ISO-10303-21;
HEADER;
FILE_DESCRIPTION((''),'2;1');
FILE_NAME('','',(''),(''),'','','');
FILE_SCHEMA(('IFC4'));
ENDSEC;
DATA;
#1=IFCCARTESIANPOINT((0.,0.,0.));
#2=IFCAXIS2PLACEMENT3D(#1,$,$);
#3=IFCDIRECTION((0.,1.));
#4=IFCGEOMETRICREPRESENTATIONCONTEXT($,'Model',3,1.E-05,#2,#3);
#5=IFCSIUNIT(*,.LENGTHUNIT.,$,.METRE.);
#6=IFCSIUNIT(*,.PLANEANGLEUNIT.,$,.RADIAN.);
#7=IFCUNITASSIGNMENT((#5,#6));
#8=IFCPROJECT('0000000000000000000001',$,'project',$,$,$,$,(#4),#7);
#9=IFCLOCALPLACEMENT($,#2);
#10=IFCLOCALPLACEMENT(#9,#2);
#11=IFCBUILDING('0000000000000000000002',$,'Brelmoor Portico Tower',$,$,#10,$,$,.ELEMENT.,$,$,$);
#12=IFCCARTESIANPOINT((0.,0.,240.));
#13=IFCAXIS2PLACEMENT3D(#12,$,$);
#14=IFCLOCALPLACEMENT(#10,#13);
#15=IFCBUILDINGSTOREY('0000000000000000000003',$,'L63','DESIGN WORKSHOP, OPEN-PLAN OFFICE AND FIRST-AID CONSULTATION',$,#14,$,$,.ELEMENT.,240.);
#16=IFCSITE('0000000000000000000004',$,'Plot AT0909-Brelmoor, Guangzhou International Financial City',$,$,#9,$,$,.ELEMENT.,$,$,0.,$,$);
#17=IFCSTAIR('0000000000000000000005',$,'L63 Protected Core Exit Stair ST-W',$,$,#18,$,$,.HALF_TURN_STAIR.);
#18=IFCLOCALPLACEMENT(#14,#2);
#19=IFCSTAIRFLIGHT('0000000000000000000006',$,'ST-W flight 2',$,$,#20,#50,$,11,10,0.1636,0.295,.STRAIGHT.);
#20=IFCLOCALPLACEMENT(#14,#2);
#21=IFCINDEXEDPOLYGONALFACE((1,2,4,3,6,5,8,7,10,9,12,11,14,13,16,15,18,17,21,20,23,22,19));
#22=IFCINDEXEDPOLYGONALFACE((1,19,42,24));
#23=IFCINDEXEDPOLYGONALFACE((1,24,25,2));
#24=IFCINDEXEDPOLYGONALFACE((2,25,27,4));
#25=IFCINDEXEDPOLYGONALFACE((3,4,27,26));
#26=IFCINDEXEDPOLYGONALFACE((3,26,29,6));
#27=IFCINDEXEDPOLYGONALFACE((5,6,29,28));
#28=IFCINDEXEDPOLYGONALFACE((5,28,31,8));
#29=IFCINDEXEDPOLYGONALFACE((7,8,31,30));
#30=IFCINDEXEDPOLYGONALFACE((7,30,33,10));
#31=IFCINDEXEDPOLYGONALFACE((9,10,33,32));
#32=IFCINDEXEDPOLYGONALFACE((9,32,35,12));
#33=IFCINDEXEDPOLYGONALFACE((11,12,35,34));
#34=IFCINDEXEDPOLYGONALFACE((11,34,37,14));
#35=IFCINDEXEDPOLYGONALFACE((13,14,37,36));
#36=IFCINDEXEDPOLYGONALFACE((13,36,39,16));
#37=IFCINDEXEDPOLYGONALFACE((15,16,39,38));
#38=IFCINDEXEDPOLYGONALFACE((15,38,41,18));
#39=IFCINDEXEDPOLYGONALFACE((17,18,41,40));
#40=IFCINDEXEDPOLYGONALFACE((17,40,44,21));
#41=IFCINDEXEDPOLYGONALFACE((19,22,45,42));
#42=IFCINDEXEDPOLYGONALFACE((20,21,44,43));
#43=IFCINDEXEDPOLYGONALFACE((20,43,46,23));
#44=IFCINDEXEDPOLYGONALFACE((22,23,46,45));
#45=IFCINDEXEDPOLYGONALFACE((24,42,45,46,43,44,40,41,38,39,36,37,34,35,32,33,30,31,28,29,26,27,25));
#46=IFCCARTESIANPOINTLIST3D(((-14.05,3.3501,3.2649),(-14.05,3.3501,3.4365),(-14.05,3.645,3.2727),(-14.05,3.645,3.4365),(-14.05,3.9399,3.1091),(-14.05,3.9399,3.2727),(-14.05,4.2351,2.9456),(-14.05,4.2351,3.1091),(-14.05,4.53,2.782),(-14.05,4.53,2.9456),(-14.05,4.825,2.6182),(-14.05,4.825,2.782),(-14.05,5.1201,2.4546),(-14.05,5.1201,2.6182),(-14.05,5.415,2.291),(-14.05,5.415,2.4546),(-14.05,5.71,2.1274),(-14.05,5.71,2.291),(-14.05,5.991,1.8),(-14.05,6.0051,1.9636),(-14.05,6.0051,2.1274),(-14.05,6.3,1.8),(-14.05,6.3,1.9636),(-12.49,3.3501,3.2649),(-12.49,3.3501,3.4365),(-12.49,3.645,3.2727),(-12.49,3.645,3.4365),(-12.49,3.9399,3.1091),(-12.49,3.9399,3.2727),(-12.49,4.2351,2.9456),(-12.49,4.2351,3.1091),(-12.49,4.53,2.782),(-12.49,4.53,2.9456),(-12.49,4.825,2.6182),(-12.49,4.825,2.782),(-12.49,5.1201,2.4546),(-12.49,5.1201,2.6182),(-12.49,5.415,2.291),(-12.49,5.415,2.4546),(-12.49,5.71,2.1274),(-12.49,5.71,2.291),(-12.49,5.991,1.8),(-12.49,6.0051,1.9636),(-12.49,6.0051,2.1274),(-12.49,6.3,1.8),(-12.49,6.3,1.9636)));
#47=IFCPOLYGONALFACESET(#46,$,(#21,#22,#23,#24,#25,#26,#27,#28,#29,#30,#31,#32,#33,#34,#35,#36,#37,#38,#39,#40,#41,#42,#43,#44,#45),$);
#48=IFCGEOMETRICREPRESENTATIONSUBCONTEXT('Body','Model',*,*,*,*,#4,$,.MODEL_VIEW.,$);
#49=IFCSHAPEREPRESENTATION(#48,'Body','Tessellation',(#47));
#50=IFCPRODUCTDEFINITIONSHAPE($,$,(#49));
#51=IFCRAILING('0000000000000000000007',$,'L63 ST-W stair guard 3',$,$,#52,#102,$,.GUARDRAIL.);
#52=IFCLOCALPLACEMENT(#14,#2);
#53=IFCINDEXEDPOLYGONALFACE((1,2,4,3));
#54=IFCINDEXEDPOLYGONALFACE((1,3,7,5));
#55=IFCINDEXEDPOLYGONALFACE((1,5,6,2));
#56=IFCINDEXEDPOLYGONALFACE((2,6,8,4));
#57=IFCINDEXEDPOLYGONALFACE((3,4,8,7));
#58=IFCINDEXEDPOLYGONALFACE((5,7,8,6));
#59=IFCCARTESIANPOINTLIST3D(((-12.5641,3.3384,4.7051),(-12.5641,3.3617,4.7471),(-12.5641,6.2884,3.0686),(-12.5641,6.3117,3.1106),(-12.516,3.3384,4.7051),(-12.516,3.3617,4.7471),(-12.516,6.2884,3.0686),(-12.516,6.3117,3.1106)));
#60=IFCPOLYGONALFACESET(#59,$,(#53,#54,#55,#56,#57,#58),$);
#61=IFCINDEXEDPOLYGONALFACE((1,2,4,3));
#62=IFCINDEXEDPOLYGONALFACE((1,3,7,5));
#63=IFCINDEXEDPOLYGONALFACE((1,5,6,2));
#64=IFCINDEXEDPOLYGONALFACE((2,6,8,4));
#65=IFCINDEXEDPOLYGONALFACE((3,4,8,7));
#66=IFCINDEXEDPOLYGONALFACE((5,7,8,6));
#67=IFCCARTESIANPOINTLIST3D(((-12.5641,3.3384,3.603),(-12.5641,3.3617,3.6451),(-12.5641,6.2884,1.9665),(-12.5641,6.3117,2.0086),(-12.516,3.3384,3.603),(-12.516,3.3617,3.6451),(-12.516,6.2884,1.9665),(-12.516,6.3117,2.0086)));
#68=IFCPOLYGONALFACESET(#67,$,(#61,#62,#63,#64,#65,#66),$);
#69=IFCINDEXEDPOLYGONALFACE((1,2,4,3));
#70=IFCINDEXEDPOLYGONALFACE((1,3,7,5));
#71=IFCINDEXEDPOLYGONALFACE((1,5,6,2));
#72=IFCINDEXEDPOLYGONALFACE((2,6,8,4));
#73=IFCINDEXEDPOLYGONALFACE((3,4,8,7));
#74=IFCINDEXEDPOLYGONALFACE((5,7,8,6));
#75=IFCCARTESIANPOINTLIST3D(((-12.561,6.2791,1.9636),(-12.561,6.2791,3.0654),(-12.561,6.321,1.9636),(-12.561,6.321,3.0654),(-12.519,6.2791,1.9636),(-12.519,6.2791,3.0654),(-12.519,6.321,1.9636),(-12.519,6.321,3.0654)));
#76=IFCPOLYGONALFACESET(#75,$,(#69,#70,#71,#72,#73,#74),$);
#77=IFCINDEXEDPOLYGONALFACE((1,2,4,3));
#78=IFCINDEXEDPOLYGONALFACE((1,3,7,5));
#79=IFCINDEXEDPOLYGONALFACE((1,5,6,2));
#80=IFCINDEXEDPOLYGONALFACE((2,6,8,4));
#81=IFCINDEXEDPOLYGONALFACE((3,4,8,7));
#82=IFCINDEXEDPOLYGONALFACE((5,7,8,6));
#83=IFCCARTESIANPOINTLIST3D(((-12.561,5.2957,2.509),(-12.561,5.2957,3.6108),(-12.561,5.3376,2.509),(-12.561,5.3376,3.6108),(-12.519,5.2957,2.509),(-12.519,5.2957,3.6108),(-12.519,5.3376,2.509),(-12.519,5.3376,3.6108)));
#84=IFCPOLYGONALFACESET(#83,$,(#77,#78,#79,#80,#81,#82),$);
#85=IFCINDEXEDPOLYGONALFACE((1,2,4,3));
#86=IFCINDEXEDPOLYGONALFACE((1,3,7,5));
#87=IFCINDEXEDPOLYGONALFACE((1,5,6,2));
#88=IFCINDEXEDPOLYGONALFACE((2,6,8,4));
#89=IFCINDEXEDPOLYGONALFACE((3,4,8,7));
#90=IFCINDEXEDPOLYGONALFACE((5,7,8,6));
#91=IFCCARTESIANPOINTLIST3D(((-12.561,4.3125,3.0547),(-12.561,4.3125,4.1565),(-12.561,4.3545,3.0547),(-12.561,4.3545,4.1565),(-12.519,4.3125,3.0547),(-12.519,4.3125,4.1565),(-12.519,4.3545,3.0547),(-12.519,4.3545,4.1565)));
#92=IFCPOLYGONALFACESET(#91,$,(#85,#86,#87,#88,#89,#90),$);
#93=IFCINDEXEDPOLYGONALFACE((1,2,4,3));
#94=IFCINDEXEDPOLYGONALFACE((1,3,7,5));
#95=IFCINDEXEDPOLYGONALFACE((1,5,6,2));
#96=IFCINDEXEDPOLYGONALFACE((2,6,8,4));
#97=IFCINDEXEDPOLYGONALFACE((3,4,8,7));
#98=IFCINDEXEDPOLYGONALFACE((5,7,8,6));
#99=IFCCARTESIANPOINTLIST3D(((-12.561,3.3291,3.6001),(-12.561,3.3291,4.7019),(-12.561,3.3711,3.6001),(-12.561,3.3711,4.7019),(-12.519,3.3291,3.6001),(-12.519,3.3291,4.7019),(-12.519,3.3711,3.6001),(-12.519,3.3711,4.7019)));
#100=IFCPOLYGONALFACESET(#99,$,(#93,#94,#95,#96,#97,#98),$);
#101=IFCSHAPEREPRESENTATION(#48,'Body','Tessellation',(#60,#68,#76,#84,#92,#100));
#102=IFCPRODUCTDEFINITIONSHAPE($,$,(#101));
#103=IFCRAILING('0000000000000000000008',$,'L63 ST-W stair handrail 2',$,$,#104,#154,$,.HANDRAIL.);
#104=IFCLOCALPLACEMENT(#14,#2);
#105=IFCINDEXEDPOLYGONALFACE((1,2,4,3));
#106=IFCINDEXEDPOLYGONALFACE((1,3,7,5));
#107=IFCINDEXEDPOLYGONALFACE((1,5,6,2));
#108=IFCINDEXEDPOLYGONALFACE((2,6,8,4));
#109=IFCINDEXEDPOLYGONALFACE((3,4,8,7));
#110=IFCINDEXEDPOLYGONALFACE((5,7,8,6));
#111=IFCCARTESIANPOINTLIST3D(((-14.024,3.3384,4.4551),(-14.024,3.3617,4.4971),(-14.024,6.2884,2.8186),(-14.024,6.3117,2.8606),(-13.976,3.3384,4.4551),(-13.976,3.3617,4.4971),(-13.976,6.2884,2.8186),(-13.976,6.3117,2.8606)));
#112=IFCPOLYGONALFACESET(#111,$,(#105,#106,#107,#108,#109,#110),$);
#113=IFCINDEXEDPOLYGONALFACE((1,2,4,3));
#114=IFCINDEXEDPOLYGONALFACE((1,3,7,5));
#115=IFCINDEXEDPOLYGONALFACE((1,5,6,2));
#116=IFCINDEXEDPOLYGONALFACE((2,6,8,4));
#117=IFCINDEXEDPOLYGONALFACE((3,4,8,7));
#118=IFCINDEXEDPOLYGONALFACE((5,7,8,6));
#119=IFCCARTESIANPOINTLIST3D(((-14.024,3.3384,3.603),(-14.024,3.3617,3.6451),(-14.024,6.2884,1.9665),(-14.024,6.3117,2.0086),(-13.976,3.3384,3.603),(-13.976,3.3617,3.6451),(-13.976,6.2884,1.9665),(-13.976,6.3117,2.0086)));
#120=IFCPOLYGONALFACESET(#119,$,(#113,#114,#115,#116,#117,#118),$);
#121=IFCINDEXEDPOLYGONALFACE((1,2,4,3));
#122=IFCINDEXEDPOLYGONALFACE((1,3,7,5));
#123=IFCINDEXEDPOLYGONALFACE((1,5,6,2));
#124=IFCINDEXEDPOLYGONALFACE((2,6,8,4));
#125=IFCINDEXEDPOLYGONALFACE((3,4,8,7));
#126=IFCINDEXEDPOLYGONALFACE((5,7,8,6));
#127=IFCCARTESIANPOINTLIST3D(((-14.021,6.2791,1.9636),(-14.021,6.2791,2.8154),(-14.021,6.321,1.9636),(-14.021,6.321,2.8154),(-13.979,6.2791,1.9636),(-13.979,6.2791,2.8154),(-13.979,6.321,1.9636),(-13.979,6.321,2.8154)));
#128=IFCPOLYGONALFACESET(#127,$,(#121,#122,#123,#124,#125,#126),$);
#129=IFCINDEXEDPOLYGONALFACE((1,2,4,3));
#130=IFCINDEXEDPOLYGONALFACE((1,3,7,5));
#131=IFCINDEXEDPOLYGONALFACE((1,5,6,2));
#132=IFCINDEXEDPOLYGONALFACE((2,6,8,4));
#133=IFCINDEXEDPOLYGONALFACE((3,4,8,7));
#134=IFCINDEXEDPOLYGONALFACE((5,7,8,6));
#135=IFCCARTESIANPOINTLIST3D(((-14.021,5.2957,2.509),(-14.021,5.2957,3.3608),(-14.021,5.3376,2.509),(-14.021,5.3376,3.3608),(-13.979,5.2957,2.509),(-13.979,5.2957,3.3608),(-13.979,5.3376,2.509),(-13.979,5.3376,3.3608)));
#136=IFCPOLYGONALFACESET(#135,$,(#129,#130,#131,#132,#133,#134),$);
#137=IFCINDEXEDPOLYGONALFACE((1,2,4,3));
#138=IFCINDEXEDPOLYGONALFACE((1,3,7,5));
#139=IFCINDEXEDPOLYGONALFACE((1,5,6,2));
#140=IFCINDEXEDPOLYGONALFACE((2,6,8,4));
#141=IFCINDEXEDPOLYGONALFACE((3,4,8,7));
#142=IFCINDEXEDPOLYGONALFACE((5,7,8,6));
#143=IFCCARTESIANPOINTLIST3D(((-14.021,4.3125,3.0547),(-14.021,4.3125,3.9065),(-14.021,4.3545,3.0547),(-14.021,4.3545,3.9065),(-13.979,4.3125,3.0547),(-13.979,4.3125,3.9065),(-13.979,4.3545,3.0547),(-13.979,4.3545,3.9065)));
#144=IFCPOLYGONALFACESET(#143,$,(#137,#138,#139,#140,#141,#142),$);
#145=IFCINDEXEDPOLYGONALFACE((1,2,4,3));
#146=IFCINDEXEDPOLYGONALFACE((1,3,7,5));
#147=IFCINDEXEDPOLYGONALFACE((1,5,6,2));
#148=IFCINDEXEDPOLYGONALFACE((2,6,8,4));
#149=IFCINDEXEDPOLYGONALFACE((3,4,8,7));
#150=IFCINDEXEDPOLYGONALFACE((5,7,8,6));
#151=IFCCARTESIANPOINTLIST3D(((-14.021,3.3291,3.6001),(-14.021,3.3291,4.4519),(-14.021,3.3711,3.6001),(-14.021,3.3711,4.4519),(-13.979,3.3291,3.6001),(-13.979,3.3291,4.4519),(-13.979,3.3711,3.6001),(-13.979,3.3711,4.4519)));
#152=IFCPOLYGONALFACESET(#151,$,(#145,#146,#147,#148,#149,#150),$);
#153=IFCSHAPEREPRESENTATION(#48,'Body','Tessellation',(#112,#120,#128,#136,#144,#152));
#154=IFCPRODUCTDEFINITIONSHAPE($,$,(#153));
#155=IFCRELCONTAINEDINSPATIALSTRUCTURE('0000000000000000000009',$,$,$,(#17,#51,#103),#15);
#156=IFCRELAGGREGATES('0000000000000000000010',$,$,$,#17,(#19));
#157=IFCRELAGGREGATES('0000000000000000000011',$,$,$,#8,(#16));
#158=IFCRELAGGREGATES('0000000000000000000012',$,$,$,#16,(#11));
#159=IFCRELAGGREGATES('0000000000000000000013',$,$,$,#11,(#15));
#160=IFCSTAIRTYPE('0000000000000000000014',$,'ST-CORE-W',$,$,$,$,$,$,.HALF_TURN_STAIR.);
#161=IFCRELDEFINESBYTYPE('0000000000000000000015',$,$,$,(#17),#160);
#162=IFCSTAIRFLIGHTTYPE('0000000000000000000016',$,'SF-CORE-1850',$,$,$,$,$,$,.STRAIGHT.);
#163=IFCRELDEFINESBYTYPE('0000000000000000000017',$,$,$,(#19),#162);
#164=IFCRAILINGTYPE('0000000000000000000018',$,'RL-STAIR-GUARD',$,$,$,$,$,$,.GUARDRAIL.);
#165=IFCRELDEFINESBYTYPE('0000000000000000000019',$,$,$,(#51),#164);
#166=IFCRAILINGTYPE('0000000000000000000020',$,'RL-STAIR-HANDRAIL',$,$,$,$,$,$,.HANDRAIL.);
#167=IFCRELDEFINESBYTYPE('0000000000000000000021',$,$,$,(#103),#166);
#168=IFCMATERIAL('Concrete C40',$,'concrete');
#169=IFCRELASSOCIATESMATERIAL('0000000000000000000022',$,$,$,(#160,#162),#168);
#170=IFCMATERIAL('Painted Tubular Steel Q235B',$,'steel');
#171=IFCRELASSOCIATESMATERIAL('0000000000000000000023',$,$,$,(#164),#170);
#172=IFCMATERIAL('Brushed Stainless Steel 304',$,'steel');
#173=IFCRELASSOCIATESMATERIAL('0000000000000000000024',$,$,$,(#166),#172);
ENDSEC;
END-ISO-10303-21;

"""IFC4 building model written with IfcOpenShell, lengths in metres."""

from ifc_helpers import new_model, si_unit, direction, frame, origin, origin_2d, place, context, subcontext, project, spatial, polyline, rectangle, outline, extrude, material, type_object, element, aggregate, save


model = new_model("IFC4")

# Units and contexts
model_context = context("Model", 3, precision=1e-05, world=origin(), true_north=direction((0.0, 1.0)))
body_context = subcontext(model_context, "Body", "Model", "MODEL_VIEW")
ifc_project = project(units=[si_unit("LENGTHUNIT", "METRE"), si_unit("PLANEANGLEUNIT", "RADIAN")], contexts=[model_context])

# Site, building, storey
site_placement = place(None, origin())
site = spatial("IfcSite", under=ifc_project, at=site_placement, Name="Plot AT0909-Brelmoor, Guangzhou International Financial City", CompositionType="ELEMENT", RefElevation=0.0)
building_placement = place(site_placement, origin())
building = spatial("IfcBuilding", under=site, at=building_placement, Name="Brelmoor Portico Tower", CompositionType="ELEMENT")
storey_placement = place(building_placement, frame((0.0, 0.0, 240.0)))
storey = spatial("IfcBuildingStorey", under=building, at=storey_placement, Name="L63", Description="DESIGN WORKSHOP, OPEN-PLAN OFFICE AND FIRST-AID CONSULTATION", CompositionType="ELEMENT", Elevation=240.0)

# Shared definitions
ifc_material_1 = material(Name="Concrete C40", Category="concrete")

# Stair, stair flight
stair_type = type_object("IfcStairType", Name="ST-CORE-W", PredefinedType="HALF_TURN_STAIR", material=ifc_material_1)
stair_placement = place(storey_placement, origin())
stair = element("IfcStair", 1, at=stair_placement, inside=storey, type_object=stair_type, Name="L63 Protected Core Exit Stair ST-W", PredefinedType="HALF_TURN_STAIR")
stair_flight_type = type_object("IfcStairFlightType", Name="SF-CORE-1850", PredefinedType="STRAIGHT", material=ifc_material_1)
stair_flight_placement = place(storey_placement, frame((-13.27, 6.3, 1.8), z_axis=(0.0, 0.0, 1.0), x_axis=(0.0, -1.0, 0.0)))
stair_flight = element("IfcStairFlight", 2, at=stair_flight_placement, type_object=stair_flight_type, Name="ST-W flight 2", NumberOfRisers=11, NumberOfTreads=10, PredefinedType="STRAIGHT", RiserHeight=0.1636, TreadLength=0.295, context=body_context, shape_type="SweptSolid", body=[
    extrude(outline(polyline([(0.0, 0.0), (0.0, 0.1636), (0.2949, 0.1636), (0.2949, 0.3274), (0.5901, 0.3274), (0.5901, 0.491), (0.885, 0.491), (0.885, 0.6545), (1.1799, 0.6545), (1.1799, 0.8181), (1.4751, 0.8181), (1.4751, 0.9819), (1.77, 0.9819), (1.77, 1.1455), (2.0649, 1.1455), (2.0649, 1.3091), (2.3601, 1.3091), (2.3601, 1.4727), (2.655, 1.4727), (2.655, 1.6365), (2.95, 1.6365), (2.95, 1.8), (2.95, 1.4648), (0.3091, 0.0), (0.0, 0.0)])), frame((0.0, 0.78, 0.0), z_axis=(0.0, -1.0, 0.0), x_axis=(1.0, 0.0, 0.0)), (0.0, 0.0, 1.0), 1.5601),
])
aggregate(stair, [stair_flight])

# Railings
ifc_material_2 = material(Name="Painted Tubular Steel Q235B", Category="steel")
railing_type_1 = type_object("IfcRailingType", Name="RL-STAIR-GUARD", PredefinedType="GUARDRAIL", material=ifc_material_2)
railing_1_placement = place(storey_placement, frame((-12.54, 6.3, 1.9636)))
element("IfcRailing", 3, at=railing_1_placement, inside=storey, type_object=railing_type_1, Name="L63 ST-W stair guard 3", PredefinedType="GUARDRAIL", context=body_context, shape_type="SweptSolid", body=[
    extrude(rectangle(XDim=0.0481, YDim=0.0481, at=origin_2d()), frame((0.0, 0.0, 1.126), z_axis=(0.0, -0.874458, 0.485102), x_axis=(1.0, 0.0, 0.0)), (0.0, 0.0, 1.0), 3.3735),
    extrude(rectangle(XDim=0.0481, YDim=0.0481, at=origin_2d()), frame((0.0, 0.0, 0.0239), z_axis=(0.0, -0.874458, 0.485102), x_axis=(1.0, 0.0, 0.0)), (0.0, 0.0, 1.0), 3.3735),
    extrude(rectangle(XDim=0.042, YDim=0.042, at=origin_2d()), origin(), (0.0, 0.0, 1.0), 1.1018),
    extrude(rectangle(XDim=0.042, YDim=0.042, at=origin_2d()), frame((0.0, -0.9834, 0.5454)), (0.0, 0.0, 1.0), 1.1018),
    extrude(rectangle(XDim=0.042, YDim=0.042, at=origin_2d()), frame((0.0, -1.9666, 1.0911)), (0.0, 0.0, 1.0), 1.1018),
    extrude(rectangle(XDim=0.042, YDim=0.042, at=origin_2d()), frame((0.0, -2.95, 1.6365)), (0.0, 0.0, 1.0), 1.1018),
])
ifc_material_3 = material(Name="Brushed Stainless Steel 304", Category="steel")
railing_type_2 = type_object("IfcRailingType", Name="RL-STAIR-HANDRAIL", PredefinedType="HANDRAIL", material=ifc_material_3)
railing_2_placement = place(storey_placement, frame((-14.0, 6.3, 1.9636)))
element("IfcRailing", 4, at=railing_2_placement, inside=storey, type_object=railing_type_2, Name="L63 ST-W stair handrail 2", PredefinedType="HANDRAIL", context=body_context, shape_type="SweptSolid", body=[
    extrude(rectangle(XDim=0.0481, YDim=0.0481, at=origin_2d()), frame((0.0, 0.0, 0.876), z_axis=(0.0, -0.874458, 0.485102), x_axis=(1.0, 0.0, 0.0)), (0.0, 0.0, 1.0), 3.3735),
    extrude(rectangle(XDim=0.0481, YDim=0.0481, at=origin_2d()), frame((0.0, 0.0, 0.0239), z_axis=(0.0, -0.874458, 0.485102), x_axis=(1.0, 0.0, 0.0)), (0.0, 0.0, 1.0), 3.3735),
    extrude(rectangle(XDim=0.042, YDim=0.042, at=origin_2d()), origin(), (0.0, 0.0, 1.0), 0.8518),
    extrude(rectangle(XDim=0.042, YDim=0.042, at=origin_2d()), frame((0.0, -0.9834, 0.5454)), (0.0, 0.0, 1.0), 0.8518),
    extrude(rectangle(XDim=0.042, YDim=0.042, at=origin_2d()), frame((0.0, -1.9666, 1.0911)), (0.0, 0.0, 1.0), 0.8518),
    extrude(rectangle(XDim=0.042, YDim=0.042, at=origin_2d()), frame((0.0, -2.95, 1.6365)), (0.0, 0.0, 1.0), 0.8518),
])

save(model, "model.ifc")
